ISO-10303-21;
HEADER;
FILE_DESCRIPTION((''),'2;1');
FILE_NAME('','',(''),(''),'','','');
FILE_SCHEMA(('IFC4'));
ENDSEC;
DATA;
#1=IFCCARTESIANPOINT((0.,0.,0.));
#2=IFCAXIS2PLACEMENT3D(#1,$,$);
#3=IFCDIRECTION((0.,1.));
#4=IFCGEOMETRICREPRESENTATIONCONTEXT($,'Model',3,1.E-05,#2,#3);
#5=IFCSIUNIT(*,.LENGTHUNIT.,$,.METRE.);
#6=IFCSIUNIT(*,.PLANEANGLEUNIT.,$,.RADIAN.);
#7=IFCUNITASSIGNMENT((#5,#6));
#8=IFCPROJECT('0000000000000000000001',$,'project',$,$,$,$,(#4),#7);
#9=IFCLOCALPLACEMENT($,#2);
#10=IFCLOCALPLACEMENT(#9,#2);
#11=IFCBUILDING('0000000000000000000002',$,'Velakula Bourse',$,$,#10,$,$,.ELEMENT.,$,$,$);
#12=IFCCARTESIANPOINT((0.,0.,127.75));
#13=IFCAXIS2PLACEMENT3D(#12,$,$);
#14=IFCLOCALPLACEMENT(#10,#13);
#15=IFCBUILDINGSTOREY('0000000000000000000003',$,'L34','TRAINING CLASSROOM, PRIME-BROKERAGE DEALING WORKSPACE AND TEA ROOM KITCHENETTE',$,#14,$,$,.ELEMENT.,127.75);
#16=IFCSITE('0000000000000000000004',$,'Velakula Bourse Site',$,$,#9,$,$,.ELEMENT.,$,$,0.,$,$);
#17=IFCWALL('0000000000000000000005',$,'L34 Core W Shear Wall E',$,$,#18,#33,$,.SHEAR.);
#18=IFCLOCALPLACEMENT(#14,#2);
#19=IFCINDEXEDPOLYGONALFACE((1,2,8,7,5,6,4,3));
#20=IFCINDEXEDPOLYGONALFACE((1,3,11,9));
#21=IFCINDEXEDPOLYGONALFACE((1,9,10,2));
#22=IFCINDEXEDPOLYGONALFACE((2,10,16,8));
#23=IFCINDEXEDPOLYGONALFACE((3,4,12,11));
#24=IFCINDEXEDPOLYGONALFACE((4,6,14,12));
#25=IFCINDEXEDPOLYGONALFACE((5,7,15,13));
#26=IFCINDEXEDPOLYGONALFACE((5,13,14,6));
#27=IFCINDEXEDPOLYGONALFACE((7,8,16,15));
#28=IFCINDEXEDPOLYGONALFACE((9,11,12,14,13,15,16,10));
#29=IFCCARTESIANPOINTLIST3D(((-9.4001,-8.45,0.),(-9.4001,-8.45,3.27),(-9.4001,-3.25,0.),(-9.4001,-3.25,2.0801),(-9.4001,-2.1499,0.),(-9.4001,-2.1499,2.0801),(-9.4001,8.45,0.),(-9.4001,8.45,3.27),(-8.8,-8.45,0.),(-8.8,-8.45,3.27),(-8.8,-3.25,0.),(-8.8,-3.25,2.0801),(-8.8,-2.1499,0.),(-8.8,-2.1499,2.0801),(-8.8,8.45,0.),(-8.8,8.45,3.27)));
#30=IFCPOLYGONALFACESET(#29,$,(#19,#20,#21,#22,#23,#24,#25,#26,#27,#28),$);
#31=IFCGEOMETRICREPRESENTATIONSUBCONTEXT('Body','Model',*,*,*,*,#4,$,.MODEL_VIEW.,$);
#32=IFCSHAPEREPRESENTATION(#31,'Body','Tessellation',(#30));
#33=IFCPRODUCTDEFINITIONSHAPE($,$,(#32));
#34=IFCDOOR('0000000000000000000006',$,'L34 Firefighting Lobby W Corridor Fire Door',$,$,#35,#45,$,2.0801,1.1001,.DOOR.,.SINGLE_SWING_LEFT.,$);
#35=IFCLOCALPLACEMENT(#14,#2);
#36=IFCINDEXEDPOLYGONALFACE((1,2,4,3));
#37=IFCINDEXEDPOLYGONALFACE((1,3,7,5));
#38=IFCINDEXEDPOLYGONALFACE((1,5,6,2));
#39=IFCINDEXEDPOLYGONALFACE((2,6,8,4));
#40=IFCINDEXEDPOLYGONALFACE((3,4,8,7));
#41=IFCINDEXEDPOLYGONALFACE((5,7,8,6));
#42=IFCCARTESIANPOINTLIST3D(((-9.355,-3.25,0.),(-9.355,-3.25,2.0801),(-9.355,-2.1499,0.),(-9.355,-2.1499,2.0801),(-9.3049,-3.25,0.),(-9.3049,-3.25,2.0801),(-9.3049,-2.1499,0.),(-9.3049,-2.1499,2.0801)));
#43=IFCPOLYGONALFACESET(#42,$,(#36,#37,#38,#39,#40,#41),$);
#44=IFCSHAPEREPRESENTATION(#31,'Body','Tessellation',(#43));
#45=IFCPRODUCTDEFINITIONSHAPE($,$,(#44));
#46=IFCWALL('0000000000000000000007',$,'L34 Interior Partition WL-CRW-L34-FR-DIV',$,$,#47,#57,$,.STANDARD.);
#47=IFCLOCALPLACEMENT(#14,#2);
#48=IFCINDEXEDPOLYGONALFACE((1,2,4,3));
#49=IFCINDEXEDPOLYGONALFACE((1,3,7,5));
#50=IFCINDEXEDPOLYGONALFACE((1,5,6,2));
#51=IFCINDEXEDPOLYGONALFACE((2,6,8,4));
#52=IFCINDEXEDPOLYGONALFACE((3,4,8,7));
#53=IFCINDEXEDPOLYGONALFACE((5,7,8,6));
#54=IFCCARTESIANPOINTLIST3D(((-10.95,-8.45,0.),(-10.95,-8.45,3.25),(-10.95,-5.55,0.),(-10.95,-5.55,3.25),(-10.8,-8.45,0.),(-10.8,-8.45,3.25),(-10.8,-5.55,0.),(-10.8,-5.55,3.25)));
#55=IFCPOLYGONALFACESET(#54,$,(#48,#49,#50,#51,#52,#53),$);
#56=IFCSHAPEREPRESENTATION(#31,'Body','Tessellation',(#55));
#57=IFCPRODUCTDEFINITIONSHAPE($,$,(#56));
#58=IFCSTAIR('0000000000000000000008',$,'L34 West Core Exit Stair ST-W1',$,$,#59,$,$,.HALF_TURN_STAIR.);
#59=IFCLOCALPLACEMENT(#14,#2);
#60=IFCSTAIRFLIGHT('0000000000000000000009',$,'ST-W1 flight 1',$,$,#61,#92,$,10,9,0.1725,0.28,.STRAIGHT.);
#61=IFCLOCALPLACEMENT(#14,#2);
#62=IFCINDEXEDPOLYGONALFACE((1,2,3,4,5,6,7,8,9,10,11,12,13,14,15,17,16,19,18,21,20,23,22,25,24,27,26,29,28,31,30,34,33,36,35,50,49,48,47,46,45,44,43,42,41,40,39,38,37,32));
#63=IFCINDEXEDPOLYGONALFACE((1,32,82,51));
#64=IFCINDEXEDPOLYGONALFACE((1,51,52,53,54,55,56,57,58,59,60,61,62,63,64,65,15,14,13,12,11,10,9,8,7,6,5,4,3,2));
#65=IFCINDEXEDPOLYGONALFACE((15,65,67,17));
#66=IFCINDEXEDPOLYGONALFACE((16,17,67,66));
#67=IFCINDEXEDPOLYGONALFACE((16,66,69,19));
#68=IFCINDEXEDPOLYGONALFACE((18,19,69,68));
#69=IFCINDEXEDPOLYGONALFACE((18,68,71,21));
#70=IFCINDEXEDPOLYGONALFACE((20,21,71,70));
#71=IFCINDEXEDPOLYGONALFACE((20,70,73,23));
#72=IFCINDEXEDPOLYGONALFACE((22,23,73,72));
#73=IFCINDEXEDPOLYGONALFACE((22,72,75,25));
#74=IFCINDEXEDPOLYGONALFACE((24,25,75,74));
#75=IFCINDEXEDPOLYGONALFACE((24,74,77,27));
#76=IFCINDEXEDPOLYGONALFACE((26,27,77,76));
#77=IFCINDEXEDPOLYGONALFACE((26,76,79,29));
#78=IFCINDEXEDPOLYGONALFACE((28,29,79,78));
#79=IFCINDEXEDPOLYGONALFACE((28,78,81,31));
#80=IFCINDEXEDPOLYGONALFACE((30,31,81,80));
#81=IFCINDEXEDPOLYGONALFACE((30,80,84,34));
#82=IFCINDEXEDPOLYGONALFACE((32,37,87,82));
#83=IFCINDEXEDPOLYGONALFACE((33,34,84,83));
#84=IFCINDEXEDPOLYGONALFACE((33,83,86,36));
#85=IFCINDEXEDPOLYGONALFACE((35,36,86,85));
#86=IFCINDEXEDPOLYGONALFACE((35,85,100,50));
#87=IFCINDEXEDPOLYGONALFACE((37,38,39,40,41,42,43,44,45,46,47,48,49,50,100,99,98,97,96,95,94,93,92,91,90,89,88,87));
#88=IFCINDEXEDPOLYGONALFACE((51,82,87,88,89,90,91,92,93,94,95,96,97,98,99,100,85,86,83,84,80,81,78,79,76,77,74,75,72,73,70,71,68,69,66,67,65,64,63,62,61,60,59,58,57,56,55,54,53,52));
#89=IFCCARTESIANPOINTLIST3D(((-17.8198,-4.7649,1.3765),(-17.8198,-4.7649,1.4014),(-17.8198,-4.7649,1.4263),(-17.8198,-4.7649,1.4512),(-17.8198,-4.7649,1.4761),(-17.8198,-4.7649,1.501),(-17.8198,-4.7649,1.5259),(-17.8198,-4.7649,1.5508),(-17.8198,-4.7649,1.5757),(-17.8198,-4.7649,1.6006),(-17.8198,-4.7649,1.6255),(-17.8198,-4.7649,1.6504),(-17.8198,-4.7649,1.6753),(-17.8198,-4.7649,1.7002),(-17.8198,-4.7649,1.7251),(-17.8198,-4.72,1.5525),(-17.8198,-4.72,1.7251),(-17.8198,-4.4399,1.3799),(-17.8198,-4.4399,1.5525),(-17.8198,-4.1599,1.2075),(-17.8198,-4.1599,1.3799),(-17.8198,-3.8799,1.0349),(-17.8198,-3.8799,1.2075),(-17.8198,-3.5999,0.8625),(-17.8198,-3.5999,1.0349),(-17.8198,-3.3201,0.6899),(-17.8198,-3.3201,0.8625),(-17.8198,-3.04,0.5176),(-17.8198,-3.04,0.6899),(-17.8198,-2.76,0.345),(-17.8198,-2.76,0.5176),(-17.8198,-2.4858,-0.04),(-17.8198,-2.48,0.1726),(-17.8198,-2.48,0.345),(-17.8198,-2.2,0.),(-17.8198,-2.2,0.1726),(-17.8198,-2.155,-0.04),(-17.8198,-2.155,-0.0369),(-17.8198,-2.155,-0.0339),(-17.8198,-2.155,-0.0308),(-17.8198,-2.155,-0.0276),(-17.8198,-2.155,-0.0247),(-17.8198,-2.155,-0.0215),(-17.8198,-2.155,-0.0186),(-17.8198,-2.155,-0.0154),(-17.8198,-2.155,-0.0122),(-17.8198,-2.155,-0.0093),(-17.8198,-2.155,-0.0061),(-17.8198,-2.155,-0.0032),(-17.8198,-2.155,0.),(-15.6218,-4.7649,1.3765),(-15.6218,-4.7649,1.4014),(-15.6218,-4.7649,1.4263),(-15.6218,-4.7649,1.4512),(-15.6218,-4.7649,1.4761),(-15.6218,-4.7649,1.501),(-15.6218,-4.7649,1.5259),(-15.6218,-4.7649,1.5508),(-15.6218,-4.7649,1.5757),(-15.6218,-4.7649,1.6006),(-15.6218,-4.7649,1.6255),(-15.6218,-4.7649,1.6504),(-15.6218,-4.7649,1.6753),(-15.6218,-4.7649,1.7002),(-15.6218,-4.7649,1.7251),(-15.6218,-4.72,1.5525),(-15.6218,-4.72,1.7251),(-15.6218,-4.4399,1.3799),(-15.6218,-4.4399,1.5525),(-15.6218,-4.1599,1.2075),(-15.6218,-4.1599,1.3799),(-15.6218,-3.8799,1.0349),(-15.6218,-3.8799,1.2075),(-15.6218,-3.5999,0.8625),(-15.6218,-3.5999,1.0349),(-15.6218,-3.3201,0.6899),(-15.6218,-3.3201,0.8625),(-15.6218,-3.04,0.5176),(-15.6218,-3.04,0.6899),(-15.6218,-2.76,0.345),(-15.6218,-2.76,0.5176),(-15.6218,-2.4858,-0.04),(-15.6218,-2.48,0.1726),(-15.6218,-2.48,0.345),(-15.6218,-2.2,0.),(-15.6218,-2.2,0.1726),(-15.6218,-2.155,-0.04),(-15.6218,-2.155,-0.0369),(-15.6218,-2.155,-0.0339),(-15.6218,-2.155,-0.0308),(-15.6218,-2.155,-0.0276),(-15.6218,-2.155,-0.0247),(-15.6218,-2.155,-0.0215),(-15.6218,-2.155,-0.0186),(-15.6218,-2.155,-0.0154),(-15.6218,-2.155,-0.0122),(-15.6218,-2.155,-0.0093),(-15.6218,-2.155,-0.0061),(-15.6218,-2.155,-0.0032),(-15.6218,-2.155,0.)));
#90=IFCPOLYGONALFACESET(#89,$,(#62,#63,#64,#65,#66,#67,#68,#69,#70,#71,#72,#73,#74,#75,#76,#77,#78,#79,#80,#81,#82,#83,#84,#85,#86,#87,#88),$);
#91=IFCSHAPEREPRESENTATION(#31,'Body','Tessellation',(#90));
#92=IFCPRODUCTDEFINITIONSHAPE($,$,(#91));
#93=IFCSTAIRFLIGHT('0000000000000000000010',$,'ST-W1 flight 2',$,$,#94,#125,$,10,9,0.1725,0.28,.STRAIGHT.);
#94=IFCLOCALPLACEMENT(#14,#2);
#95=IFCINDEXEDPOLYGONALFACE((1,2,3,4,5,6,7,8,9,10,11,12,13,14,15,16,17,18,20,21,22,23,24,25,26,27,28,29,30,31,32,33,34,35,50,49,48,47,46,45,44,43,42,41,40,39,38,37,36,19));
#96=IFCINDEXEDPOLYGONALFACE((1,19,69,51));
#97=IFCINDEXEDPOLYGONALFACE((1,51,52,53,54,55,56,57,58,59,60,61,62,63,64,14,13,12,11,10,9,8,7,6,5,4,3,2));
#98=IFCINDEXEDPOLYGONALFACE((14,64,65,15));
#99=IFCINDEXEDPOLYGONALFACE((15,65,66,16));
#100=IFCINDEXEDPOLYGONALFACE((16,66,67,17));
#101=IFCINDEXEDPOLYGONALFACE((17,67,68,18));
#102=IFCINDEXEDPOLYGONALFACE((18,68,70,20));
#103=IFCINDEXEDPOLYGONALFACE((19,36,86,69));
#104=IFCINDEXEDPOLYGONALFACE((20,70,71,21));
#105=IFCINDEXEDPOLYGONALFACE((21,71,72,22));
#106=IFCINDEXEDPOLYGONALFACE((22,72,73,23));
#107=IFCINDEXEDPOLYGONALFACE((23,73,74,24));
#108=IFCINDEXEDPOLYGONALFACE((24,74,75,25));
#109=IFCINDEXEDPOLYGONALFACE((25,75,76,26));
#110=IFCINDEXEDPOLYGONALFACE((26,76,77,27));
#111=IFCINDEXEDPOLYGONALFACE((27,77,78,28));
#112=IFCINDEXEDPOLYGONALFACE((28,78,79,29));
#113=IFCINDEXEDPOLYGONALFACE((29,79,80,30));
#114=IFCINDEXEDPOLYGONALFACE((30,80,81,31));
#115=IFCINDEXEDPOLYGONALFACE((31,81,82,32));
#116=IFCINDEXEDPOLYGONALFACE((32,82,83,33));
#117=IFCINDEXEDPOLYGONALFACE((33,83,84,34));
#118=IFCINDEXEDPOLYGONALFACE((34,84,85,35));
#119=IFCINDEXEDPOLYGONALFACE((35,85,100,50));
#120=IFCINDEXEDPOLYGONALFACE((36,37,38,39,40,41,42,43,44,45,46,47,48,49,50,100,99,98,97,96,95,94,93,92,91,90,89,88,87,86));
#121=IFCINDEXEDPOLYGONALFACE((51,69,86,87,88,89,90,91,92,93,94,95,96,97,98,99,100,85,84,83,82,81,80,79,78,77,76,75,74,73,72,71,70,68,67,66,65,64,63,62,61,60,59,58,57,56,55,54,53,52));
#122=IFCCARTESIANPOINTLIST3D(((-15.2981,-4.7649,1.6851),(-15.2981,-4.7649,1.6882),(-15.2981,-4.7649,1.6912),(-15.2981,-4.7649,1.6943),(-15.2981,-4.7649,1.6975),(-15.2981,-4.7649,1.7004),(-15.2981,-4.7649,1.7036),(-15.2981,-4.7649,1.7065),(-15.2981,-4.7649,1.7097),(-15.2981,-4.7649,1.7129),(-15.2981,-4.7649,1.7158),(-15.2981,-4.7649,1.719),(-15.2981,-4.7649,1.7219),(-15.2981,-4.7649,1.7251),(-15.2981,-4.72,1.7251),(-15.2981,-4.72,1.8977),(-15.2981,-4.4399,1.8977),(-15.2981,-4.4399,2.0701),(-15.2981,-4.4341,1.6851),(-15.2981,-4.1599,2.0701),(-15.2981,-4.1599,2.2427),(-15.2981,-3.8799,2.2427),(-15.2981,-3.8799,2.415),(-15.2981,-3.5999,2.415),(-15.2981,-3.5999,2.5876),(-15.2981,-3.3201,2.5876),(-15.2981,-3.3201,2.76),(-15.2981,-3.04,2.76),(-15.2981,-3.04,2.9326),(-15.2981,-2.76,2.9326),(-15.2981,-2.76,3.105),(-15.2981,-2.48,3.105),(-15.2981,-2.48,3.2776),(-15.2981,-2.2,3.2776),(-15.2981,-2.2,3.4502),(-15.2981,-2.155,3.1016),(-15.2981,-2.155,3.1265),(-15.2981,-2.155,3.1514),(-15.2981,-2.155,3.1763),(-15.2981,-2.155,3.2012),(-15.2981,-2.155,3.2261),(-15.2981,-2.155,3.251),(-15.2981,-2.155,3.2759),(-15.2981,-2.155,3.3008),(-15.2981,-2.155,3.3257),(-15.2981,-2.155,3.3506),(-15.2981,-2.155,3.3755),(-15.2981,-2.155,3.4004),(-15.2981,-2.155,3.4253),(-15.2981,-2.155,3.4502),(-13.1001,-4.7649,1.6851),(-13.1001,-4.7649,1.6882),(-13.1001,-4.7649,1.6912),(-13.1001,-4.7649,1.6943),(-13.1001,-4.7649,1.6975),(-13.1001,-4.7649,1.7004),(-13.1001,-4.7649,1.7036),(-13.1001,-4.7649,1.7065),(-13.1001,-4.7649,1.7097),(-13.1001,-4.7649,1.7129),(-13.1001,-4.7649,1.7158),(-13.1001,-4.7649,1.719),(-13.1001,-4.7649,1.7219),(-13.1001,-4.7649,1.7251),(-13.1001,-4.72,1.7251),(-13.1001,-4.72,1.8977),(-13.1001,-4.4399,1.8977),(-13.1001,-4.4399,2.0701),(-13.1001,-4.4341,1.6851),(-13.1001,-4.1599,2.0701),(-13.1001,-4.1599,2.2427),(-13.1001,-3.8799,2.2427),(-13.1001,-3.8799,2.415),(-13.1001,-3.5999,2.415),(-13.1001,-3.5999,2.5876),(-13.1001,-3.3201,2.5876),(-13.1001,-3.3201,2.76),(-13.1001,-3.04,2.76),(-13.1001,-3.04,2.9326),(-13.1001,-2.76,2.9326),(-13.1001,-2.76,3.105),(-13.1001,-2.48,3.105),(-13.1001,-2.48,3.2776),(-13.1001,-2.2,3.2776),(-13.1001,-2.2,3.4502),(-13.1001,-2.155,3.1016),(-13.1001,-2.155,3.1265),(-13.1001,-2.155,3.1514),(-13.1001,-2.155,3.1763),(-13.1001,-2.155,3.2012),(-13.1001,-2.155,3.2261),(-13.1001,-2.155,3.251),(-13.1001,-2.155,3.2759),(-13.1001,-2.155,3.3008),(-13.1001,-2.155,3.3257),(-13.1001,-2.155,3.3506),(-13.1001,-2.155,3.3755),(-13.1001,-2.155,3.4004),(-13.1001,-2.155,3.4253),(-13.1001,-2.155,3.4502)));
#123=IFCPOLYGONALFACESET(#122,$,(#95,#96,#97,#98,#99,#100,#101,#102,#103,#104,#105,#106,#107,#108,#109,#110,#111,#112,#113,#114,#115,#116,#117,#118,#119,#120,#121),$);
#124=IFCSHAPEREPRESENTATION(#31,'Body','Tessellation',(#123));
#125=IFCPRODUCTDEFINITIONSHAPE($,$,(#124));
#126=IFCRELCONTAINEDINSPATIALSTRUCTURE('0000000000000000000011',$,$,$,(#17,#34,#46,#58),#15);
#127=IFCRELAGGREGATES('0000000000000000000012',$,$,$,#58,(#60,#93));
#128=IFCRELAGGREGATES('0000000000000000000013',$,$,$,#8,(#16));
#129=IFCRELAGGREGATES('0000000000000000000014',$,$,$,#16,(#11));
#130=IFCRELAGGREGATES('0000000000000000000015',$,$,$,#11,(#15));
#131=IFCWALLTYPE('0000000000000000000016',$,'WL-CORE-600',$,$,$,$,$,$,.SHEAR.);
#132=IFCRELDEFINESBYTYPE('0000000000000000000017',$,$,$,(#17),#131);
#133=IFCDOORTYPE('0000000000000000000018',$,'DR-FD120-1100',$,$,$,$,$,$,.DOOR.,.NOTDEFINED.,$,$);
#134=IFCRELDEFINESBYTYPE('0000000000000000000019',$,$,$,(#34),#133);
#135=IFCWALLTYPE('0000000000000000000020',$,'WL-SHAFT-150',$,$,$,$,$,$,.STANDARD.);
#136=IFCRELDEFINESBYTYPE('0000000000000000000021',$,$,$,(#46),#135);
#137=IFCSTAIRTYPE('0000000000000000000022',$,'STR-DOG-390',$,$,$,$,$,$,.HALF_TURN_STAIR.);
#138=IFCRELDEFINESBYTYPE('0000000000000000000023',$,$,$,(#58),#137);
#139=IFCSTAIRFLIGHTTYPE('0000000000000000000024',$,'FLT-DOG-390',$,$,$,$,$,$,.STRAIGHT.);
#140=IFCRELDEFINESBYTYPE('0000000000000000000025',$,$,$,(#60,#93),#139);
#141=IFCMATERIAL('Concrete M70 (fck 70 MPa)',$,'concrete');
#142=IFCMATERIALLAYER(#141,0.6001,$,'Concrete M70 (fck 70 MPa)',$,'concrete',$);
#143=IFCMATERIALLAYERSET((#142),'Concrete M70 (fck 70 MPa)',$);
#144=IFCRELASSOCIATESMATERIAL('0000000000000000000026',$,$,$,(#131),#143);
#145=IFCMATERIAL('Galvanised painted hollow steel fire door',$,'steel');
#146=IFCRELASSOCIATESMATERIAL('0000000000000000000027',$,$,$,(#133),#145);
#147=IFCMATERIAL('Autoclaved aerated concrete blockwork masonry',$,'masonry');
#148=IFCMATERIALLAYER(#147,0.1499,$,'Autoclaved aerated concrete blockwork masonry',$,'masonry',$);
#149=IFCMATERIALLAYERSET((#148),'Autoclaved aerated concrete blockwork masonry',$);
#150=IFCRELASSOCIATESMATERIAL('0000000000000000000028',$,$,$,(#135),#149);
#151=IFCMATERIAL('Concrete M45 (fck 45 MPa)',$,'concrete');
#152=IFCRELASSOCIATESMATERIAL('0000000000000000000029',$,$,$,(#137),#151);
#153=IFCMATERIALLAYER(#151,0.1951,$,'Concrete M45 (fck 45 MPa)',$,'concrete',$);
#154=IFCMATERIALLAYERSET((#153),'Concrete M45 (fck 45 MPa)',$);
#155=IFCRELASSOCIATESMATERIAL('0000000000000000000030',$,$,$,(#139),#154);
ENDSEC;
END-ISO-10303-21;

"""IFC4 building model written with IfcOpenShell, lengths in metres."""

from ifc_helpers import new_model, si_unit, direction, frame, frame_2d, origin, place, context, subcontext, project, spatial, polyline, rectangle, outline, extrude, material, layer, layer_set, type_object, element, fill, aggregate, save


model = new_model("IFC4")

# Units and contexts
model_context = context("Model", 3, precision=1e-05, world=origin(), true_north=direction((0.0, 1.0)))
body_context = subcontext(model_context, "Body", "Model", "MODEL_VIEW")
ifc_project = project(units=[si_unit("LENGTHUNIT", "METRE"), si_unit("PLANEANGLEUNIT", "RADIAN")], contexts=[model_context])

# Site, building, storey
site_placement = place(None, origin())
site = spatial("IfcSite", under=ifc_project, at=site_placement, Name="Velakula Bourse Site", CompositionType="ELEMENT", RefElevation=0.0)
building_placement = place(site_placement, origin())
building = spatial("IfcBuilding", under=site, at=building_placement, Name="Velakula Bourse", CompositionType="ELEMENT")
storey_placement = place(building_placement, frame((0.0, 0.0, 127.75)))
storey = spatial("IfcBuildingStorey", under=building, at=storey_placement, Name="L34", Description="TRAINING CLASSROOM, PRIME-BROKERAGE DEALING WORKSPACE AND TEA ROOM KITCHENETTE", CompositionType="ELEMENT", Elevation=127.75)

# Shared definitions
ifc_material_1 = material(Name="Concrete M70 (fck 70 MPa)", Category="concrete")

# Shared definitions
ifc_material_2 = material(Name="Galvanised painted hollow steel fire door", Category="steel")

# Shared definitions
ifc_layer_1 = layer(ifc_material_1, 0.6001, Name="Concrete M70 (fck 70 MPa)", Category="concrete")
ifc_layer_set_1 = layer_set([ifc_layer_1], Name="Concrete M70 (fck 70 MPa)")
wall_type_1 = type_object("IfcWallType", Name="WL-CORE-600", PredefinedType="SHEAR", material=ifc_layer_set_1)

# Wall, opening, door
wall_1_placement = place(storey_placement, frame((-9.1001, -8.45, 0.0), z_axis=(0.0, 0.0, 1.0), x_axis=(0.0, 1.0, 0.0)))
wall_1 = element("IfcWall", 1, at=wall_1_placement, inside=storey, type_object=wall_type_1, Name="L34 Core W Shear Wall E", PredefinedType="SHEAR", context=body_context, shape_type="SweptSolid", body=[
    extrude(rectangle(XDim=16.8999, YDim=0.6001, at=frame_2d((8.45, 0.0))), origin(), (0.0, 0.0, 1.0), 3.27),
])
opening_1_placement = place(wall_1_placement, frame((5.2, 0.0, 0.0)))
opening_1 = element("IfcOpeningElement", 2, at=opening_1_placement, cuts=wall_1, PredefinedType="OPENING", context=body_context, shape_type="SweptSolid", body=[
    extrude(rectangle(XDim=1.1001, YDim=2.0801, at=frame_2d((0.55, 1.04))), frame((0.0, 0.3101, 0.0), z_axis=(0.0, -1.0, 0.0), x_axis=(1.0, 0.0, 0.0)), (0.0, 0.0, 1.0), 0.6201),
])
door_type_1 = type_object("IfcDoorType", Name="DR-FD120-1100", OperationType="NOTDEFINED", PredefinedType="DOOR", material=ifc_material_2)
door_1_placement = place(opening_1_placement, origin())
door_1 = element("IfcDoor", 3, at=door_1_placement, inside=storey, type_object=door_type_1, Name="L34 Firefighting Lobby W Corridor Fire Door", OperationType="SINGLE_SWING_LEFT", OverallHeight=2.0801, OverallWidth=1.1001, PredefinedType="DOOR", context=body_context, shape_type="SweptSolid", body=[
    extrude(rectangle(XDim=1.1001, YDim=2.0801, at=frame_2d((0.55, 1.04))), frame((0.0, 0.2549, 0.0), z_axis=(0.0, -1.0, 0.0), x_axis=(1.0, 0.0, 0.0)), (0.0, 0.0, 1.0), 0.05),
])
fill(opening_1, door_1)

# Shared definitions
ifc_material_3 = material(Name="Autoclaved aerated concrete blockwork masonry", Category="masonry")
ifc_layer_2 = layer(ifc_material_3, 0.1499, Name="Autoclaved aerated concrete blockwork masonry", Category="masonry")
ifc_layer_set_2 = layer_set([ifc_layer_2], Name="Autoclaved aerated concrete blockwork masonry")
wall_type_2 = type_object("IfcWallType", Name="WL-SHAFT-150", PredefinedType="STANDARD", material=ifc_layer_set_2)

# Wall
wall_2_placement = place(storey_placement, frame((-10.875, -8.45, 0.0), z_axis=(0.0, 0.0, 1.0), x_axis=(0.0, 1.0, 0.0)))
element("IfcWall", 4, at=wall_2_placement, inside=storey, type_object=wall_type_2, Name="L34 Interior Partition WL-CRW-L34-FR-DIV", PredefinedType="STANDARD", context=body_context, shape_type="SweptSolid", body=[
    extrude(rectangle(XDim=2.8999, YDim=0.1499, at=frame_2d((1.45, 0.0))), origin(), (0.0, 0.0, 1.0), 3.25),
])

# Stair, stair flights
ifc_material_4 = material(Name="Concrete M45 (fck 45 MPa)", Category="concrete")
stair_type = type_object("IfcStairType", Name="STR-DOG-390", PredefinedType="HALF_TURN_STAIR", material=ifc_material_4)
stair_placement = place(storey_placement, origin())
stair = element("IfcStair", 5, at=stair_placement, inside=storey, type_object=stair_type, Name="L34 West Core Exit Stair ST-W1", PredefinedType="HALF_TURN_STAIR")
ifc_layer_3 = layer(ifc_material_4, 0.1951, Name="Concrete M45 (fck 45 MPa)", Category="concrete")
ifc_layer_set_3 = layer_set([ifc_layer_3], Name="Concrete M45 (fck 45 MPa)")
stair_flight_type = type_object("IfcStairFlightType", Name="FLT-DOG-390", PredefinedType="STRAIGHT", material=ifc_layer_set_3)
stair_flight_1_placement = place(storey_placement, frame((-16.7209, -2.2, 0.0), z_axis=(0.0, 0.0, 1.0), x_axis=(0.0, -1.0, 0.0)))
stair_flight_1 = element("IfcStairFlight", 6, at=stair_flight_1_placement, type_object=stair_flight_type, Name="ST-W1 flight 1", NumberOfRisers=10, NumberOfTreads=9, PredefinedType="STRAIGHT", RiserHeight=0.1725, TreadLength=0.28, context=body_context, shape_type="SweptSolid", body=[
    extrude(outline(polyline([(-0.0449, -0.04), (-0.0449, -0.0369), (-0.0449, -0.0339), (-0.0449, -0.0308), (-0.0449, -0.0276), (-0.0449, -0.0247), (-0.0449, -0.0215), (-0.0449, -0.0186), (-0.0449, -0.0154), (-0.0449, -0.0122), (-0.0449, -0.0093), (-0.0449, -0.0061), (-0.0449, -0.0032), (-0.0449, 0.0), (0.0, 0.0), (0.0, 0.1726), (0.28, 0.1726), (0.28, 0.345), (0.5601, 0.345), (0.5601, 0.5176), (0.8401, 0.5176), (0.8401, 0.6899), (1.1201, 0.6899), (1.1201, 0.8625), (1.3999, 0.8625), (1.3999, 1.0349), (1.6799, 1.0349), (1.6799, 1.2075), (1.96, 1.2075), (1.96, 1.3799), (2.24, 1.3799), (2.24, 1.5525), (2.52, 1.5525), (2.52, 1.7251), (2.5649, 1.7251), (2.5649, 1.7002), (2.5649, 1.6753), (2.5649, 1.6504), (2.5649, 1.6255), (2.5649, 1.6006), (2.5649, 1.5757), (2.5649, 1.5508), (2.5649, 1.5259), (2.5649, 1.501), (2.5649, 1.4761), (2.5649, 1.4512), (2.5649, 1.4263), (2.5649, 1.4014), (2.5649, 1.3765), (0.2859, -0.04), (-0.0449, -0.04)])), frame((0.0, 1.0991, 0.0), z_axis=(0.0, -1.0, 0.0), x_axis=(1.0, 0.0, 0.0)), (0.0, 0.0, 1.0), 2.198),
])
stair_flight_2_placement = place(storey_placement, frame((-14.199, -4.72, 1.7251), z_axis=(0.0, 0.0, 1.0), x_axis=(0.0, 1.0, 0.0)))
stair_flight_2 = element("IfcStairFlight", 7, at=stair_flight_2_placement, type_object=stair_flight_type, Name="ST-W1 flight 2", NumberOfRisers=10, NumberOfTreads=9, PredefinedType="STRAIGHT", RiserHeight=0.1725, TreadLength=0.28, context=body_context, shape_type="SweptSolid", body=[
    extrude(outline(polyline([(-0.0449, -0.04), (-0.0449, -0.0369), (-0.0449, -0.0339), (-0.0449, -0.0308), (-0.0449, -0.0276), (-0.0449, -0.0247), (-0.0449, -0.0215), (-0.0449, -0.0186), (-0.0449, -0.0154), (-0.0449, -0.0122), (-0.0449, -0.0093), (-0.0449, -0.0061), (-0.0449, -0.0032), (-0.0449, 0.0), (0.0, 0.0), (0.0, 0.1726), (0.28, 0.1726), (0.28, 0.345), (0.5601, 0.345), (0.5601, 0.5176), (0.8401, 0.5176), (0.8401, 0.6899), (1.1201, 0.6899), (1.1201, 0.8625), (1.3999, 0.8625), (1.3999, 1.0349), (1.6799, 1.0349), (1.6799, 1.2075), (1.96, 1.2075), (1.96, 1.3799), (2.24, 1.3799), (2.24, 1.5525), (2.52, 1.5525), (2.52, 1.7251), (2.5649, 1.7251), (2.5649, 1.7002), (2.5649, 1.6753), (2.5649, 1.6504), (2.5649, 1.6255), (2.5649, 1.6006), (2.5649, 1.5757), (2.5649, 1.5508), (2.5649, 1.5259), (2.5649, 1.501), (2.5649, 1.4761), (2.5649, 1.4512), (2.5649, 1.4263), (2.5649, 1.4014), (2.5649, 1.3765), (0.2859, -0.04), (-0.0449, -0.04)])), frame((0.0, 1.0991, 0.0), z_axis=(0.0, -1.0, 0.0), x_axis=(1.0, 0.0, 0.0)), (0.0, 0.0, 1.0), 2.198),
])
aggregate(stair, [stair_flight_1, stair_flight_2])

save(model, "model.ifc")
